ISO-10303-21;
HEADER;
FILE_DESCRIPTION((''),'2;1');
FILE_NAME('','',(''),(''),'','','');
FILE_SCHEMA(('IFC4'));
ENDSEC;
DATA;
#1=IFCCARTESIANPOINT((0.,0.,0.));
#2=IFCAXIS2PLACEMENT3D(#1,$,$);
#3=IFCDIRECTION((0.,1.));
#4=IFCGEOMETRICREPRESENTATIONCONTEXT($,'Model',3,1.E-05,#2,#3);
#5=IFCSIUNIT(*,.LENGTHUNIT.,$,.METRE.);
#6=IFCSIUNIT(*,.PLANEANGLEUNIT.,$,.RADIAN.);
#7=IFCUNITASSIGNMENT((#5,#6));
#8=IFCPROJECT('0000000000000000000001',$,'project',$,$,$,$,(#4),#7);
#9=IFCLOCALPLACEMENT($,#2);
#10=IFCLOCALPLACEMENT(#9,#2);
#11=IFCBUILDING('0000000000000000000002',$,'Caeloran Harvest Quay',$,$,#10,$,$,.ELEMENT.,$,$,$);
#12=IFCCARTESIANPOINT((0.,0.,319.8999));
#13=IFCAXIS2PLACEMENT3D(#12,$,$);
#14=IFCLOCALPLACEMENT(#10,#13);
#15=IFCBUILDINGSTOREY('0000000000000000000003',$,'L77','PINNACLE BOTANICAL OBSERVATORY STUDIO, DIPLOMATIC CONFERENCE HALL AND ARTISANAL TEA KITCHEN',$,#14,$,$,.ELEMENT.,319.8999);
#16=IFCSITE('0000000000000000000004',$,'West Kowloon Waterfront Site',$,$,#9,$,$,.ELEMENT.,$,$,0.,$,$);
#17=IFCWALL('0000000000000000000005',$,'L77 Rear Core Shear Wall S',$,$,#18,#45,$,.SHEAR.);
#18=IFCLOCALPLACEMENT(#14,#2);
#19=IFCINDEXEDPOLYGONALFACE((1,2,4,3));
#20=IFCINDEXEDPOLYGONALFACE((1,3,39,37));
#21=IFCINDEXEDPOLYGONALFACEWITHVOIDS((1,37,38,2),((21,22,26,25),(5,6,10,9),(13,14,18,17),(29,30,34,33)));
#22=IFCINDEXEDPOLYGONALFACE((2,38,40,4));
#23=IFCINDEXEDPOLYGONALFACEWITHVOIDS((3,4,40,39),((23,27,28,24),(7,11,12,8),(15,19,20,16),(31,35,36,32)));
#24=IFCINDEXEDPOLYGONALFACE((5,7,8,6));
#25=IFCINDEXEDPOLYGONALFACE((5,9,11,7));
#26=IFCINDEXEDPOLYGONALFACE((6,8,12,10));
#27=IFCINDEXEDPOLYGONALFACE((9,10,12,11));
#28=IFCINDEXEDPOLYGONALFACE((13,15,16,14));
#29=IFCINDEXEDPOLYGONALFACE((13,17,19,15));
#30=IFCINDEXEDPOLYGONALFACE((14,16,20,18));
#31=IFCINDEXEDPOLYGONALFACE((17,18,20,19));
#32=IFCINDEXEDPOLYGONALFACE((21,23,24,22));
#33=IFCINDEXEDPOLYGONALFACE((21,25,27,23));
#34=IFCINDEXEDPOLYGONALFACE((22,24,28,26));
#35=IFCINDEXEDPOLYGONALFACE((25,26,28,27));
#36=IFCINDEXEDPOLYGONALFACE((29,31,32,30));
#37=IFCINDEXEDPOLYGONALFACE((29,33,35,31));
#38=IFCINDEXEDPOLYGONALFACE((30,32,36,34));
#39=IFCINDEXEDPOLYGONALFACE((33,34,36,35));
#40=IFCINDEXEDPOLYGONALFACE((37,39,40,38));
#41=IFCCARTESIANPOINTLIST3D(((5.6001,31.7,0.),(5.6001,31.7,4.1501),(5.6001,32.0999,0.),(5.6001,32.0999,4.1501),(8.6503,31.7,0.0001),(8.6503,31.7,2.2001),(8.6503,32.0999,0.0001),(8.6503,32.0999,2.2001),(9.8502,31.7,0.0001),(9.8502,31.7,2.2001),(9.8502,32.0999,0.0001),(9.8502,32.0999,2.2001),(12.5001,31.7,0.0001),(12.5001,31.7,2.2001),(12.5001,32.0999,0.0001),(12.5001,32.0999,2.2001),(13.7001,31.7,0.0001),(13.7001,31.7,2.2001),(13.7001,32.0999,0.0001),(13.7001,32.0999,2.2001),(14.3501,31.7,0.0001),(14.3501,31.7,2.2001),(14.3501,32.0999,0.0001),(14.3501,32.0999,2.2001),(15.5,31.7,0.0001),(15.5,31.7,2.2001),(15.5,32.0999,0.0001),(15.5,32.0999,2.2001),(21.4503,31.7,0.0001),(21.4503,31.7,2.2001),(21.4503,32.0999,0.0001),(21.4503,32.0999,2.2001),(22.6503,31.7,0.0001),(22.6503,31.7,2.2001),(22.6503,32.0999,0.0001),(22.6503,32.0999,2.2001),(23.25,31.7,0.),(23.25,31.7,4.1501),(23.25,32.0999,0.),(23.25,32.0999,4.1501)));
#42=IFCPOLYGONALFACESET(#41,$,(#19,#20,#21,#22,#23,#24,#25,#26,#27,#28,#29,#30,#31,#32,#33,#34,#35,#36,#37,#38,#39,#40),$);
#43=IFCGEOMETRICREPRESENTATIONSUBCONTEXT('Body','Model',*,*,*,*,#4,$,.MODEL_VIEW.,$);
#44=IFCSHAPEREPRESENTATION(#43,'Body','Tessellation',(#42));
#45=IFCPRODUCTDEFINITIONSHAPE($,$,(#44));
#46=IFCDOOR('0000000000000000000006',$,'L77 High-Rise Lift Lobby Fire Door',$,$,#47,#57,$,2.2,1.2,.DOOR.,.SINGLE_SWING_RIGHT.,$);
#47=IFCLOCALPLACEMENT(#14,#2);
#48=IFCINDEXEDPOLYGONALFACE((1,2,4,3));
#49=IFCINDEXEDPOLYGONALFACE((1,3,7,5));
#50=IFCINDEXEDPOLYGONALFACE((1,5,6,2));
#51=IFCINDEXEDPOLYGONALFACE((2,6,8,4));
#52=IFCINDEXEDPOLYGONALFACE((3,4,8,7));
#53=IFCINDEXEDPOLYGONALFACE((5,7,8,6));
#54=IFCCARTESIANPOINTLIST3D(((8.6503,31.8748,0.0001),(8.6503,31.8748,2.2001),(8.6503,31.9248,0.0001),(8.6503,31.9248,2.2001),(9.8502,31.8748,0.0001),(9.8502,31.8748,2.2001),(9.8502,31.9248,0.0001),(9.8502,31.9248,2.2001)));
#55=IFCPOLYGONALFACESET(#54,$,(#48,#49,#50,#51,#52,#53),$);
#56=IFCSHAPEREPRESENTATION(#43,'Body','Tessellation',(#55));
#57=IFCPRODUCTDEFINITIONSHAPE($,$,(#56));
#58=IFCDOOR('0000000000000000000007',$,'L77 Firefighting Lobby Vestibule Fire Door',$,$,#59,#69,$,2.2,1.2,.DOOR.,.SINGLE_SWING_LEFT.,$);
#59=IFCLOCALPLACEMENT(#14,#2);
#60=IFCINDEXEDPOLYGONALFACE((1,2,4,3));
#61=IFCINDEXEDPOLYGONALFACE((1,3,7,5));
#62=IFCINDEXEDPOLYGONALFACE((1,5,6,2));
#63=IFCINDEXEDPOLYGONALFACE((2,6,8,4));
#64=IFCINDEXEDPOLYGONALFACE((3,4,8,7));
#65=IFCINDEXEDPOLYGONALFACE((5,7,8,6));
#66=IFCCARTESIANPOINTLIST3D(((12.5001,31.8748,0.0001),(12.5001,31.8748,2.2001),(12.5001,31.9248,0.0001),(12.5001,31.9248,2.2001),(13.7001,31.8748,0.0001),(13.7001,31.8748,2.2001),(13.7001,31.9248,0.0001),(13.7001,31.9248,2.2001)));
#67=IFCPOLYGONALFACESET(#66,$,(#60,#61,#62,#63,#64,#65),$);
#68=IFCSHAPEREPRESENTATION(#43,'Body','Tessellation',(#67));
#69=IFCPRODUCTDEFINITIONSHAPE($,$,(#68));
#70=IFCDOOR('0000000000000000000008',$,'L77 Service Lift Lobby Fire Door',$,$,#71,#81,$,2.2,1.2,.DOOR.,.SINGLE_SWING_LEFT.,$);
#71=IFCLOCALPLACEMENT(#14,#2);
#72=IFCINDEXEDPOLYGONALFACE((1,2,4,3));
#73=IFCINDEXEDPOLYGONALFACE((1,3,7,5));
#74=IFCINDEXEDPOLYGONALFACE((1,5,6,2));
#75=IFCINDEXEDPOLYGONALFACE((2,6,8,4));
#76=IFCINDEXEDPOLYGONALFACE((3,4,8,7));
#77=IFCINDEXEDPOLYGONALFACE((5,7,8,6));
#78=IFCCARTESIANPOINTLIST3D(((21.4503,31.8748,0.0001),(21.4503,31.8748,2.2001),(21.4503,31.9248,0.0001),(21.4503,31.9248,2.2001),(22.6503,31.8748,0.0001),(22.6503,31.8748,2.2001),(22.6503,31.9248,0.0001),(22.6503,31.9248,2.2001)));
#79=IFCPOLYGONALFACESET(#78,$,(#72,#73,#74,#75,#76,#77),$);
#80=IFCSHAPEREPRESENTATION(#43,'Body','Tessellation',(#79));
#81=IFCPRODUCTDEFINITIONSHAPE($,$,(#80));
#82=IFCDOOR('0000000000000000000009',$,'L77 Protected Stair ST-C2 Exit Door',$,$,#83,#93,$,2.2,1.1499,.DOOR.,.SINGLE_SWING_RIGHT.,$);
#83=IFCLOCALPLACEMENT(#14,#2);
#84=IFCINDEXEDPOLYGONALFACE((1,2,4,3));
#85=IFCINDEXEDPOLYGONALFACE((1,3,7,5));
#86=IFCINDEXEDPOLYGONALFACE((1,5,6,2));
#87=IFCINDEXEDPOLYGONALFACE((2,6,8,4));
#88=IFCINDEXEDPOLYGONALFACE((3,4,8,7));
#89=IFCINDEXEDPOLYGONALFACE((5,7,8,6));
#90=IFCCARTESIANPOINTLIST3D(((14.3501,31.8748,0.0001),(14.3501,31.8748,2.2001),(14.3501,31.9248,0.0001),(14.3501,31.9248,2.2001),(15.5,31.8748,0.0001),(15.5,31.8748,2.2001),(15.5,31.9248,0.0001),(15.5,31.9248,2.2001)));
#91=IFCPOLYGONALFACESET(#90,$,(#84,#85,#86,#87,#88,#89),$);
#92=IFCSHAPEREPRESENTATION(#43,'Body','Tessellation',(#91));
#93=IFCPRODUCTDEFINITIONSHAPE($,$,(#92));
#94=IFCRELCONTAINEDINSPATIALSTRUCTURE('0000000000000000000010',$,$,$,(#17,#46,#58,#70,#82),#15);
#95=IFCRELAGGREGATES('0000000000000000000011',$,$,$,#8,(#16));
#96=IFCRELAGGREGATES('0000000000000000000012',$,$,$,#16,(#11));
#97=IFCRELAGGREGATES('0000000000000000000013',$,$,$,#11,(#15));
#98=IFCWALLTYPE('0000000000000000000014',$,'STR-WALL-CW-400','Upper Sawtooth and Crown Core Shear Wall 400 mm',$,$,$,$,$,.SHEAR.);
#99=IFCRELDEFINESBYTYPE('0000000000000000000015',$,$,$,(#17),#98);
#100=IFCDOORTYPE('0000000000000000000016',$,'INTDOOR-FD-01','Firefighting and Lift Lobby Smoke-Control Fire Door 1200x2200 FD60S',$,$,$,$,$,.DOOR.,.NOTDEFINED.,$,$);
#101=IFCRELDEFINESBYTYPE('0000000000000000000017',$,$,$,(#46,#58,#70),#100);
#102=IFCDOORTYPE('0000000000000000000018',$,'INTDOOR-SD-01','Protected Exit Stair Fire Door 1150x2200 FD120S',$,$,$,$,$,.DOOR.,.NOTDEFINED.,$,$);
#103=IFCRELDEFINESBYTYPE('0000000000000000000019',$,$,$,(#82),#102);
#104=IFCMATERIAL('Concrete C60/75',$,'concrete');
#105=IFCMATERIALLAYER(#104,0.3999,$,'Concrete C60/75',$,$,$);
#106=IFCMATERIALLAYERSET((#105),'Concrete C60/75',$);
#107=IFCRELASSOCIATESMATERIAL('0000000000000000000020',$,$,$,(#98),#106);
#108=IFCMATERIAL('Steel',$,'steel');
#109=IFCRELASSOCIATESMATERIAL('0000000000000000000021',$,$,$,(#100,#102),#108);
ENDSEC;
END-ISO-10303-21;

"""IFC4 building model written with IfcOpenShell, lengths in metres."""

from ifc_helpers import new_model, si_unit, direction, frame, frame_2d, origin, place, context, subcontext, project, spatial, rectangle, extrude, material, layer, layer_set, type_object, element, fill, save


model = new_model("IFC4")

# Units and contexts
model_context = context("Model", 3, precision=1e-05, world=origin(), true_north=direction((0.0, 1.0)))
body_context = subcontext(model_context, "Body", "Model", "MODEL_VIEW")
ifc_project = project(units=[si_unit("LENGTHUNIT", "METRE"), si_unit("PLANEANGLEUNIT", "RADIAN")], contexts=[model_context])

# Site, building, storey
site_placement = place(None, origin())
site = spatial("IfcSite", under=ifc_project, at=site_placement, Name="West Kowloon Waterfront Site", CompositionType="ELEMENT", RefElevation=0.0)
building_placement = place(site_placement, origin())
building = spatial("IfcBuilding", under=site, at=building_placement, Name="Caeloran Harvest Quay", CompositionType="ELEMENT")
storey_placement = place(building_placement, frame((0.0, 0.0, 319.8999)))
storey = spatial("IfcBuildingStorey", under=building, at=storey_placement, Name="L77", Description="PINNACLE BOTANICAL OBSERVATORY STUDIO, DIPLOMATIC CONFERENCE HALL AND ARTISANAL TEA KITCHEN", CompositionType="ELEMENT", Elevation=319.8999)

# Wall, openings, doors
ifc_material_1 = material(Name="Concrete C60/75", Category="concrete")
ifc_layer_1 = layer(ifc_material_1, 0.3999, Name="Concrete C60/75")
ifc_layer_set_1 = layer_set([ifc_layer_1], Name="Concrete C60/75")
wall_type_1 = type_object("IfcWallType", Name="STR-WALL-CW-400", Description="Upper Sawtooth and Crown Core Shear Wall 400 mm", PredefinedType="SHEAR", material=ifc_layer_set_1)
wall_1_placement = place(storey_placement, frame((5.6001, 31.8999, 0.0), z_axis=(0.0, 0.0, 1.0), x_axis=(1.0, 0.0, 0.0)))
wall_1 = element("IfcWall", 1, at=wall_1_placement, inside=storey, type_object=wall_type_1, Name="L77 Rear Core Shear Wall S", PredefinedType="SHEAR", context=body_context, shape_type="SweptSolid", body=[
    extrude(rectangle(XDim=17.6499, YDim=0.3999, at=frame_2d((8.825, 0.0))), origin(), (0.0, 0.0, 1.0), 4.1501),
])
opening_1_placement = place(wall_1_placement, frame((3.05, 0.0, 0.0)))
opening_1 = element("IfcOpeningElement", 2, at=opening_1_placement, cuts=wall_1, PredefinedType="OPENING", context=body_context, shape_type="SweptSolid", body=[
    extrude(rectangle(XDim=1.2, YDim=2.2, at=frame_2d((0.6001, 1.1001))), frame((0.0, 0.21, 0.0), z_axis=(0.0, -1.0, 0.0), x_axis=(1.0, 0.0, 0.0)), (0.0, 0.0, 1.0), 0.4199),
])
opening_2_placement = place(wall_1_placement, frame((6.8999, 0.0, 0.0)))
opening_2 = element("IfcOpeningElement", 3, at=opening_2_placement, cuts=wall_1, PredefinedType="OPENING", context=body_context, shape_type="SweptSolid", body=[
    extrude(rectangle(XDim=1.2, YDim=2.2, at=frame_2d((0.6001, 1.1001))), frame((0.0, 0.21, 0.0), z_axis=(0.0, -1.0, 0.0), x_axis=(1.0, 0.0, 0.0)), (0.0, 0.0, 1.0), 0.4199),
])
opening_3_placement = place(wall_1_placement, frame((8.75, 0.0, 0.0)))
opening_3 = element("IfcOpeningElement", 4, at=opening_3_placement, cuts=wall_1, PredefinedType="OPENING", context=body_context, shape_type="SweptSolid", body=[
    extrude(rectangle(XDim=1.1499, YDim=2.2, at=frame_2d((0.575, 1.1001))), frame((0.0, 0.21, 0.0), z_axis=(0.0, -1.0, 0.0), x_axis=(1.0, 0.0, 0.0)), (0.0, 0.0, 1.0), 0.4199),
])
opening_4_placement = place(wall_1_placement, frame((15.8501, 0.0, 0.0)))
opening_4 = element("IfcOpeningElement", 5, at=opening_4_placement, cuts=wall_1, PredefinedType="OPENING", context=body_context, shape_type="SweptSolid", body=[
    extrude(rectangle(XDim=1.2, YDim=2.2, at=frame_2d((0.6001, 1.1001))), frame((0.0, 0.21, 0.0), z_axis=(0.0, -1.0, 0.0), x_axis=(1.0, 0.0, 0.0)), (0.0, 0.0, 1.0), 0.4199),
])
ifc_material_2 = material(Name="Steel", Category="steel")
door_type_1 = type_object("IfcDoorType", Name="INTDOOR-FD-01", Description="Firefighting and Lift Lobby Smoke-Control Fire Door 1200x2200 FD60S", OperationType="NOTDEFINED", PredefinedType="DOOR", material=ifc_material_2)
door_1_placement = place(opening_1_placement, origin())
door_1 = element("IfcDoor", 6, at=door_1_placement, inside=storey, type_object=door_type_1, Name="L77 High-Rise Lift Lobby Fire Door", OperationType="SINGLE_SWING_RIGHT", OverallHeight=2.2, OverallWidth=1.2, PredefinedType="DOOR", context=body_context, shape_type="SweptSolid", body=[
    extrude(rectangle(XDim=1.2, YDim=2.2, at=frame_2d((0.6001, 1.1001))), frame((0.0, 0.0249, 0.0), z_axis=(0.0, -1.0, 0.0), x_axis=(1.0, 0.0, 0.0)), (0.0, 0.0, 1.0), 0.05),
])
fill(opening_1, door_1)
door_2_placement = place(opening_2_placement, origin())
door_2 = element("IfcDoor", 7, at=door_2_placement, inside=storey, type_object=door_type_1, Name="L77 Firefighting Lobby Vestibule Fire Door", OperationType="SINGLE_SWING_LEFT", OverallHeight=2.2, OverallWidth=1.2, PredefinedType="DOOR", context=body_context, shape_type="SweptSolid", body=[
    extrude(rectangle(XDim=1.2, YDim=2.2, at=frame_2d((0.6001, 1.1001))), frame((0.0, 0.0249, 0.0), z_axis=(0.0, -1.0, 0.0), x_axis=(1.0, 0.0, 0.0)), (0.0, 0.0, 1.0), 0.05),
])
fill(opening_2, door_2)
door_3_placement = place(opening_4_placement, origin())
door_3 = element("IfcDoor", 8, at=door_3_placement, inside=storey, type_object=door_type_1, Name="L77 Service Lift Lobby Fire Door", OperationType="SINGLE_SWING_LEFT", OverallHeight=2.2, OverallWidth=1.2, PredefinedType="DOOR", context=body_context, shape_type="SweptSolid", body=[
    extrude(rectangle(XDim=1.2, YDim=2.2, at=frame_2d((0.6001, 1.1001))), frame((0.0, 0.0249, 0.0), z_axis=(0.0, -1.0, 0.0), x_axis=(1.0, 0.0, 0.0)), (0.0, 0.0, 1.0), 0.05),
])
fill(opening_4, door_3)
door_type_2 = type_object("IfcDoorType", Name="INTDOOR-SD-01", Description="Protected Exit Stair Fire Door 1150x2200 FD120S", OperationType="NOTDEFINED", PredefinedType="DOOR", material=ifc_material_2)
door_4_placement = place(opening_3_placement, origin())
door_4 = element("IfcDoor", 9, at=door_4_placement, inside=storey, type_object=door_type_2, Name="L77 Protected Stair ST-C2 Exit Door", OperationType="SINGLE_SWING_RIGHT", OverallHeight=2.2, OverallWidth=1.1499, PredefinedType="DOOR", context=body_context, shape_type="SweptSolid", body=[
    extrude(rectangle(XDim=1.1499, YDim=2.2, at=frame_2d((0.575, 1.1001))), frame((0.0, 0.0249, 0.0), z_axis=(0.0, -1.0, 0.0), x_axis=(1.0, 0.0, 0.0)), (0.0, 0.0, 1.0), 0.05),
])
fill(opening_3, door_4)

save(model, "model.ifc")
